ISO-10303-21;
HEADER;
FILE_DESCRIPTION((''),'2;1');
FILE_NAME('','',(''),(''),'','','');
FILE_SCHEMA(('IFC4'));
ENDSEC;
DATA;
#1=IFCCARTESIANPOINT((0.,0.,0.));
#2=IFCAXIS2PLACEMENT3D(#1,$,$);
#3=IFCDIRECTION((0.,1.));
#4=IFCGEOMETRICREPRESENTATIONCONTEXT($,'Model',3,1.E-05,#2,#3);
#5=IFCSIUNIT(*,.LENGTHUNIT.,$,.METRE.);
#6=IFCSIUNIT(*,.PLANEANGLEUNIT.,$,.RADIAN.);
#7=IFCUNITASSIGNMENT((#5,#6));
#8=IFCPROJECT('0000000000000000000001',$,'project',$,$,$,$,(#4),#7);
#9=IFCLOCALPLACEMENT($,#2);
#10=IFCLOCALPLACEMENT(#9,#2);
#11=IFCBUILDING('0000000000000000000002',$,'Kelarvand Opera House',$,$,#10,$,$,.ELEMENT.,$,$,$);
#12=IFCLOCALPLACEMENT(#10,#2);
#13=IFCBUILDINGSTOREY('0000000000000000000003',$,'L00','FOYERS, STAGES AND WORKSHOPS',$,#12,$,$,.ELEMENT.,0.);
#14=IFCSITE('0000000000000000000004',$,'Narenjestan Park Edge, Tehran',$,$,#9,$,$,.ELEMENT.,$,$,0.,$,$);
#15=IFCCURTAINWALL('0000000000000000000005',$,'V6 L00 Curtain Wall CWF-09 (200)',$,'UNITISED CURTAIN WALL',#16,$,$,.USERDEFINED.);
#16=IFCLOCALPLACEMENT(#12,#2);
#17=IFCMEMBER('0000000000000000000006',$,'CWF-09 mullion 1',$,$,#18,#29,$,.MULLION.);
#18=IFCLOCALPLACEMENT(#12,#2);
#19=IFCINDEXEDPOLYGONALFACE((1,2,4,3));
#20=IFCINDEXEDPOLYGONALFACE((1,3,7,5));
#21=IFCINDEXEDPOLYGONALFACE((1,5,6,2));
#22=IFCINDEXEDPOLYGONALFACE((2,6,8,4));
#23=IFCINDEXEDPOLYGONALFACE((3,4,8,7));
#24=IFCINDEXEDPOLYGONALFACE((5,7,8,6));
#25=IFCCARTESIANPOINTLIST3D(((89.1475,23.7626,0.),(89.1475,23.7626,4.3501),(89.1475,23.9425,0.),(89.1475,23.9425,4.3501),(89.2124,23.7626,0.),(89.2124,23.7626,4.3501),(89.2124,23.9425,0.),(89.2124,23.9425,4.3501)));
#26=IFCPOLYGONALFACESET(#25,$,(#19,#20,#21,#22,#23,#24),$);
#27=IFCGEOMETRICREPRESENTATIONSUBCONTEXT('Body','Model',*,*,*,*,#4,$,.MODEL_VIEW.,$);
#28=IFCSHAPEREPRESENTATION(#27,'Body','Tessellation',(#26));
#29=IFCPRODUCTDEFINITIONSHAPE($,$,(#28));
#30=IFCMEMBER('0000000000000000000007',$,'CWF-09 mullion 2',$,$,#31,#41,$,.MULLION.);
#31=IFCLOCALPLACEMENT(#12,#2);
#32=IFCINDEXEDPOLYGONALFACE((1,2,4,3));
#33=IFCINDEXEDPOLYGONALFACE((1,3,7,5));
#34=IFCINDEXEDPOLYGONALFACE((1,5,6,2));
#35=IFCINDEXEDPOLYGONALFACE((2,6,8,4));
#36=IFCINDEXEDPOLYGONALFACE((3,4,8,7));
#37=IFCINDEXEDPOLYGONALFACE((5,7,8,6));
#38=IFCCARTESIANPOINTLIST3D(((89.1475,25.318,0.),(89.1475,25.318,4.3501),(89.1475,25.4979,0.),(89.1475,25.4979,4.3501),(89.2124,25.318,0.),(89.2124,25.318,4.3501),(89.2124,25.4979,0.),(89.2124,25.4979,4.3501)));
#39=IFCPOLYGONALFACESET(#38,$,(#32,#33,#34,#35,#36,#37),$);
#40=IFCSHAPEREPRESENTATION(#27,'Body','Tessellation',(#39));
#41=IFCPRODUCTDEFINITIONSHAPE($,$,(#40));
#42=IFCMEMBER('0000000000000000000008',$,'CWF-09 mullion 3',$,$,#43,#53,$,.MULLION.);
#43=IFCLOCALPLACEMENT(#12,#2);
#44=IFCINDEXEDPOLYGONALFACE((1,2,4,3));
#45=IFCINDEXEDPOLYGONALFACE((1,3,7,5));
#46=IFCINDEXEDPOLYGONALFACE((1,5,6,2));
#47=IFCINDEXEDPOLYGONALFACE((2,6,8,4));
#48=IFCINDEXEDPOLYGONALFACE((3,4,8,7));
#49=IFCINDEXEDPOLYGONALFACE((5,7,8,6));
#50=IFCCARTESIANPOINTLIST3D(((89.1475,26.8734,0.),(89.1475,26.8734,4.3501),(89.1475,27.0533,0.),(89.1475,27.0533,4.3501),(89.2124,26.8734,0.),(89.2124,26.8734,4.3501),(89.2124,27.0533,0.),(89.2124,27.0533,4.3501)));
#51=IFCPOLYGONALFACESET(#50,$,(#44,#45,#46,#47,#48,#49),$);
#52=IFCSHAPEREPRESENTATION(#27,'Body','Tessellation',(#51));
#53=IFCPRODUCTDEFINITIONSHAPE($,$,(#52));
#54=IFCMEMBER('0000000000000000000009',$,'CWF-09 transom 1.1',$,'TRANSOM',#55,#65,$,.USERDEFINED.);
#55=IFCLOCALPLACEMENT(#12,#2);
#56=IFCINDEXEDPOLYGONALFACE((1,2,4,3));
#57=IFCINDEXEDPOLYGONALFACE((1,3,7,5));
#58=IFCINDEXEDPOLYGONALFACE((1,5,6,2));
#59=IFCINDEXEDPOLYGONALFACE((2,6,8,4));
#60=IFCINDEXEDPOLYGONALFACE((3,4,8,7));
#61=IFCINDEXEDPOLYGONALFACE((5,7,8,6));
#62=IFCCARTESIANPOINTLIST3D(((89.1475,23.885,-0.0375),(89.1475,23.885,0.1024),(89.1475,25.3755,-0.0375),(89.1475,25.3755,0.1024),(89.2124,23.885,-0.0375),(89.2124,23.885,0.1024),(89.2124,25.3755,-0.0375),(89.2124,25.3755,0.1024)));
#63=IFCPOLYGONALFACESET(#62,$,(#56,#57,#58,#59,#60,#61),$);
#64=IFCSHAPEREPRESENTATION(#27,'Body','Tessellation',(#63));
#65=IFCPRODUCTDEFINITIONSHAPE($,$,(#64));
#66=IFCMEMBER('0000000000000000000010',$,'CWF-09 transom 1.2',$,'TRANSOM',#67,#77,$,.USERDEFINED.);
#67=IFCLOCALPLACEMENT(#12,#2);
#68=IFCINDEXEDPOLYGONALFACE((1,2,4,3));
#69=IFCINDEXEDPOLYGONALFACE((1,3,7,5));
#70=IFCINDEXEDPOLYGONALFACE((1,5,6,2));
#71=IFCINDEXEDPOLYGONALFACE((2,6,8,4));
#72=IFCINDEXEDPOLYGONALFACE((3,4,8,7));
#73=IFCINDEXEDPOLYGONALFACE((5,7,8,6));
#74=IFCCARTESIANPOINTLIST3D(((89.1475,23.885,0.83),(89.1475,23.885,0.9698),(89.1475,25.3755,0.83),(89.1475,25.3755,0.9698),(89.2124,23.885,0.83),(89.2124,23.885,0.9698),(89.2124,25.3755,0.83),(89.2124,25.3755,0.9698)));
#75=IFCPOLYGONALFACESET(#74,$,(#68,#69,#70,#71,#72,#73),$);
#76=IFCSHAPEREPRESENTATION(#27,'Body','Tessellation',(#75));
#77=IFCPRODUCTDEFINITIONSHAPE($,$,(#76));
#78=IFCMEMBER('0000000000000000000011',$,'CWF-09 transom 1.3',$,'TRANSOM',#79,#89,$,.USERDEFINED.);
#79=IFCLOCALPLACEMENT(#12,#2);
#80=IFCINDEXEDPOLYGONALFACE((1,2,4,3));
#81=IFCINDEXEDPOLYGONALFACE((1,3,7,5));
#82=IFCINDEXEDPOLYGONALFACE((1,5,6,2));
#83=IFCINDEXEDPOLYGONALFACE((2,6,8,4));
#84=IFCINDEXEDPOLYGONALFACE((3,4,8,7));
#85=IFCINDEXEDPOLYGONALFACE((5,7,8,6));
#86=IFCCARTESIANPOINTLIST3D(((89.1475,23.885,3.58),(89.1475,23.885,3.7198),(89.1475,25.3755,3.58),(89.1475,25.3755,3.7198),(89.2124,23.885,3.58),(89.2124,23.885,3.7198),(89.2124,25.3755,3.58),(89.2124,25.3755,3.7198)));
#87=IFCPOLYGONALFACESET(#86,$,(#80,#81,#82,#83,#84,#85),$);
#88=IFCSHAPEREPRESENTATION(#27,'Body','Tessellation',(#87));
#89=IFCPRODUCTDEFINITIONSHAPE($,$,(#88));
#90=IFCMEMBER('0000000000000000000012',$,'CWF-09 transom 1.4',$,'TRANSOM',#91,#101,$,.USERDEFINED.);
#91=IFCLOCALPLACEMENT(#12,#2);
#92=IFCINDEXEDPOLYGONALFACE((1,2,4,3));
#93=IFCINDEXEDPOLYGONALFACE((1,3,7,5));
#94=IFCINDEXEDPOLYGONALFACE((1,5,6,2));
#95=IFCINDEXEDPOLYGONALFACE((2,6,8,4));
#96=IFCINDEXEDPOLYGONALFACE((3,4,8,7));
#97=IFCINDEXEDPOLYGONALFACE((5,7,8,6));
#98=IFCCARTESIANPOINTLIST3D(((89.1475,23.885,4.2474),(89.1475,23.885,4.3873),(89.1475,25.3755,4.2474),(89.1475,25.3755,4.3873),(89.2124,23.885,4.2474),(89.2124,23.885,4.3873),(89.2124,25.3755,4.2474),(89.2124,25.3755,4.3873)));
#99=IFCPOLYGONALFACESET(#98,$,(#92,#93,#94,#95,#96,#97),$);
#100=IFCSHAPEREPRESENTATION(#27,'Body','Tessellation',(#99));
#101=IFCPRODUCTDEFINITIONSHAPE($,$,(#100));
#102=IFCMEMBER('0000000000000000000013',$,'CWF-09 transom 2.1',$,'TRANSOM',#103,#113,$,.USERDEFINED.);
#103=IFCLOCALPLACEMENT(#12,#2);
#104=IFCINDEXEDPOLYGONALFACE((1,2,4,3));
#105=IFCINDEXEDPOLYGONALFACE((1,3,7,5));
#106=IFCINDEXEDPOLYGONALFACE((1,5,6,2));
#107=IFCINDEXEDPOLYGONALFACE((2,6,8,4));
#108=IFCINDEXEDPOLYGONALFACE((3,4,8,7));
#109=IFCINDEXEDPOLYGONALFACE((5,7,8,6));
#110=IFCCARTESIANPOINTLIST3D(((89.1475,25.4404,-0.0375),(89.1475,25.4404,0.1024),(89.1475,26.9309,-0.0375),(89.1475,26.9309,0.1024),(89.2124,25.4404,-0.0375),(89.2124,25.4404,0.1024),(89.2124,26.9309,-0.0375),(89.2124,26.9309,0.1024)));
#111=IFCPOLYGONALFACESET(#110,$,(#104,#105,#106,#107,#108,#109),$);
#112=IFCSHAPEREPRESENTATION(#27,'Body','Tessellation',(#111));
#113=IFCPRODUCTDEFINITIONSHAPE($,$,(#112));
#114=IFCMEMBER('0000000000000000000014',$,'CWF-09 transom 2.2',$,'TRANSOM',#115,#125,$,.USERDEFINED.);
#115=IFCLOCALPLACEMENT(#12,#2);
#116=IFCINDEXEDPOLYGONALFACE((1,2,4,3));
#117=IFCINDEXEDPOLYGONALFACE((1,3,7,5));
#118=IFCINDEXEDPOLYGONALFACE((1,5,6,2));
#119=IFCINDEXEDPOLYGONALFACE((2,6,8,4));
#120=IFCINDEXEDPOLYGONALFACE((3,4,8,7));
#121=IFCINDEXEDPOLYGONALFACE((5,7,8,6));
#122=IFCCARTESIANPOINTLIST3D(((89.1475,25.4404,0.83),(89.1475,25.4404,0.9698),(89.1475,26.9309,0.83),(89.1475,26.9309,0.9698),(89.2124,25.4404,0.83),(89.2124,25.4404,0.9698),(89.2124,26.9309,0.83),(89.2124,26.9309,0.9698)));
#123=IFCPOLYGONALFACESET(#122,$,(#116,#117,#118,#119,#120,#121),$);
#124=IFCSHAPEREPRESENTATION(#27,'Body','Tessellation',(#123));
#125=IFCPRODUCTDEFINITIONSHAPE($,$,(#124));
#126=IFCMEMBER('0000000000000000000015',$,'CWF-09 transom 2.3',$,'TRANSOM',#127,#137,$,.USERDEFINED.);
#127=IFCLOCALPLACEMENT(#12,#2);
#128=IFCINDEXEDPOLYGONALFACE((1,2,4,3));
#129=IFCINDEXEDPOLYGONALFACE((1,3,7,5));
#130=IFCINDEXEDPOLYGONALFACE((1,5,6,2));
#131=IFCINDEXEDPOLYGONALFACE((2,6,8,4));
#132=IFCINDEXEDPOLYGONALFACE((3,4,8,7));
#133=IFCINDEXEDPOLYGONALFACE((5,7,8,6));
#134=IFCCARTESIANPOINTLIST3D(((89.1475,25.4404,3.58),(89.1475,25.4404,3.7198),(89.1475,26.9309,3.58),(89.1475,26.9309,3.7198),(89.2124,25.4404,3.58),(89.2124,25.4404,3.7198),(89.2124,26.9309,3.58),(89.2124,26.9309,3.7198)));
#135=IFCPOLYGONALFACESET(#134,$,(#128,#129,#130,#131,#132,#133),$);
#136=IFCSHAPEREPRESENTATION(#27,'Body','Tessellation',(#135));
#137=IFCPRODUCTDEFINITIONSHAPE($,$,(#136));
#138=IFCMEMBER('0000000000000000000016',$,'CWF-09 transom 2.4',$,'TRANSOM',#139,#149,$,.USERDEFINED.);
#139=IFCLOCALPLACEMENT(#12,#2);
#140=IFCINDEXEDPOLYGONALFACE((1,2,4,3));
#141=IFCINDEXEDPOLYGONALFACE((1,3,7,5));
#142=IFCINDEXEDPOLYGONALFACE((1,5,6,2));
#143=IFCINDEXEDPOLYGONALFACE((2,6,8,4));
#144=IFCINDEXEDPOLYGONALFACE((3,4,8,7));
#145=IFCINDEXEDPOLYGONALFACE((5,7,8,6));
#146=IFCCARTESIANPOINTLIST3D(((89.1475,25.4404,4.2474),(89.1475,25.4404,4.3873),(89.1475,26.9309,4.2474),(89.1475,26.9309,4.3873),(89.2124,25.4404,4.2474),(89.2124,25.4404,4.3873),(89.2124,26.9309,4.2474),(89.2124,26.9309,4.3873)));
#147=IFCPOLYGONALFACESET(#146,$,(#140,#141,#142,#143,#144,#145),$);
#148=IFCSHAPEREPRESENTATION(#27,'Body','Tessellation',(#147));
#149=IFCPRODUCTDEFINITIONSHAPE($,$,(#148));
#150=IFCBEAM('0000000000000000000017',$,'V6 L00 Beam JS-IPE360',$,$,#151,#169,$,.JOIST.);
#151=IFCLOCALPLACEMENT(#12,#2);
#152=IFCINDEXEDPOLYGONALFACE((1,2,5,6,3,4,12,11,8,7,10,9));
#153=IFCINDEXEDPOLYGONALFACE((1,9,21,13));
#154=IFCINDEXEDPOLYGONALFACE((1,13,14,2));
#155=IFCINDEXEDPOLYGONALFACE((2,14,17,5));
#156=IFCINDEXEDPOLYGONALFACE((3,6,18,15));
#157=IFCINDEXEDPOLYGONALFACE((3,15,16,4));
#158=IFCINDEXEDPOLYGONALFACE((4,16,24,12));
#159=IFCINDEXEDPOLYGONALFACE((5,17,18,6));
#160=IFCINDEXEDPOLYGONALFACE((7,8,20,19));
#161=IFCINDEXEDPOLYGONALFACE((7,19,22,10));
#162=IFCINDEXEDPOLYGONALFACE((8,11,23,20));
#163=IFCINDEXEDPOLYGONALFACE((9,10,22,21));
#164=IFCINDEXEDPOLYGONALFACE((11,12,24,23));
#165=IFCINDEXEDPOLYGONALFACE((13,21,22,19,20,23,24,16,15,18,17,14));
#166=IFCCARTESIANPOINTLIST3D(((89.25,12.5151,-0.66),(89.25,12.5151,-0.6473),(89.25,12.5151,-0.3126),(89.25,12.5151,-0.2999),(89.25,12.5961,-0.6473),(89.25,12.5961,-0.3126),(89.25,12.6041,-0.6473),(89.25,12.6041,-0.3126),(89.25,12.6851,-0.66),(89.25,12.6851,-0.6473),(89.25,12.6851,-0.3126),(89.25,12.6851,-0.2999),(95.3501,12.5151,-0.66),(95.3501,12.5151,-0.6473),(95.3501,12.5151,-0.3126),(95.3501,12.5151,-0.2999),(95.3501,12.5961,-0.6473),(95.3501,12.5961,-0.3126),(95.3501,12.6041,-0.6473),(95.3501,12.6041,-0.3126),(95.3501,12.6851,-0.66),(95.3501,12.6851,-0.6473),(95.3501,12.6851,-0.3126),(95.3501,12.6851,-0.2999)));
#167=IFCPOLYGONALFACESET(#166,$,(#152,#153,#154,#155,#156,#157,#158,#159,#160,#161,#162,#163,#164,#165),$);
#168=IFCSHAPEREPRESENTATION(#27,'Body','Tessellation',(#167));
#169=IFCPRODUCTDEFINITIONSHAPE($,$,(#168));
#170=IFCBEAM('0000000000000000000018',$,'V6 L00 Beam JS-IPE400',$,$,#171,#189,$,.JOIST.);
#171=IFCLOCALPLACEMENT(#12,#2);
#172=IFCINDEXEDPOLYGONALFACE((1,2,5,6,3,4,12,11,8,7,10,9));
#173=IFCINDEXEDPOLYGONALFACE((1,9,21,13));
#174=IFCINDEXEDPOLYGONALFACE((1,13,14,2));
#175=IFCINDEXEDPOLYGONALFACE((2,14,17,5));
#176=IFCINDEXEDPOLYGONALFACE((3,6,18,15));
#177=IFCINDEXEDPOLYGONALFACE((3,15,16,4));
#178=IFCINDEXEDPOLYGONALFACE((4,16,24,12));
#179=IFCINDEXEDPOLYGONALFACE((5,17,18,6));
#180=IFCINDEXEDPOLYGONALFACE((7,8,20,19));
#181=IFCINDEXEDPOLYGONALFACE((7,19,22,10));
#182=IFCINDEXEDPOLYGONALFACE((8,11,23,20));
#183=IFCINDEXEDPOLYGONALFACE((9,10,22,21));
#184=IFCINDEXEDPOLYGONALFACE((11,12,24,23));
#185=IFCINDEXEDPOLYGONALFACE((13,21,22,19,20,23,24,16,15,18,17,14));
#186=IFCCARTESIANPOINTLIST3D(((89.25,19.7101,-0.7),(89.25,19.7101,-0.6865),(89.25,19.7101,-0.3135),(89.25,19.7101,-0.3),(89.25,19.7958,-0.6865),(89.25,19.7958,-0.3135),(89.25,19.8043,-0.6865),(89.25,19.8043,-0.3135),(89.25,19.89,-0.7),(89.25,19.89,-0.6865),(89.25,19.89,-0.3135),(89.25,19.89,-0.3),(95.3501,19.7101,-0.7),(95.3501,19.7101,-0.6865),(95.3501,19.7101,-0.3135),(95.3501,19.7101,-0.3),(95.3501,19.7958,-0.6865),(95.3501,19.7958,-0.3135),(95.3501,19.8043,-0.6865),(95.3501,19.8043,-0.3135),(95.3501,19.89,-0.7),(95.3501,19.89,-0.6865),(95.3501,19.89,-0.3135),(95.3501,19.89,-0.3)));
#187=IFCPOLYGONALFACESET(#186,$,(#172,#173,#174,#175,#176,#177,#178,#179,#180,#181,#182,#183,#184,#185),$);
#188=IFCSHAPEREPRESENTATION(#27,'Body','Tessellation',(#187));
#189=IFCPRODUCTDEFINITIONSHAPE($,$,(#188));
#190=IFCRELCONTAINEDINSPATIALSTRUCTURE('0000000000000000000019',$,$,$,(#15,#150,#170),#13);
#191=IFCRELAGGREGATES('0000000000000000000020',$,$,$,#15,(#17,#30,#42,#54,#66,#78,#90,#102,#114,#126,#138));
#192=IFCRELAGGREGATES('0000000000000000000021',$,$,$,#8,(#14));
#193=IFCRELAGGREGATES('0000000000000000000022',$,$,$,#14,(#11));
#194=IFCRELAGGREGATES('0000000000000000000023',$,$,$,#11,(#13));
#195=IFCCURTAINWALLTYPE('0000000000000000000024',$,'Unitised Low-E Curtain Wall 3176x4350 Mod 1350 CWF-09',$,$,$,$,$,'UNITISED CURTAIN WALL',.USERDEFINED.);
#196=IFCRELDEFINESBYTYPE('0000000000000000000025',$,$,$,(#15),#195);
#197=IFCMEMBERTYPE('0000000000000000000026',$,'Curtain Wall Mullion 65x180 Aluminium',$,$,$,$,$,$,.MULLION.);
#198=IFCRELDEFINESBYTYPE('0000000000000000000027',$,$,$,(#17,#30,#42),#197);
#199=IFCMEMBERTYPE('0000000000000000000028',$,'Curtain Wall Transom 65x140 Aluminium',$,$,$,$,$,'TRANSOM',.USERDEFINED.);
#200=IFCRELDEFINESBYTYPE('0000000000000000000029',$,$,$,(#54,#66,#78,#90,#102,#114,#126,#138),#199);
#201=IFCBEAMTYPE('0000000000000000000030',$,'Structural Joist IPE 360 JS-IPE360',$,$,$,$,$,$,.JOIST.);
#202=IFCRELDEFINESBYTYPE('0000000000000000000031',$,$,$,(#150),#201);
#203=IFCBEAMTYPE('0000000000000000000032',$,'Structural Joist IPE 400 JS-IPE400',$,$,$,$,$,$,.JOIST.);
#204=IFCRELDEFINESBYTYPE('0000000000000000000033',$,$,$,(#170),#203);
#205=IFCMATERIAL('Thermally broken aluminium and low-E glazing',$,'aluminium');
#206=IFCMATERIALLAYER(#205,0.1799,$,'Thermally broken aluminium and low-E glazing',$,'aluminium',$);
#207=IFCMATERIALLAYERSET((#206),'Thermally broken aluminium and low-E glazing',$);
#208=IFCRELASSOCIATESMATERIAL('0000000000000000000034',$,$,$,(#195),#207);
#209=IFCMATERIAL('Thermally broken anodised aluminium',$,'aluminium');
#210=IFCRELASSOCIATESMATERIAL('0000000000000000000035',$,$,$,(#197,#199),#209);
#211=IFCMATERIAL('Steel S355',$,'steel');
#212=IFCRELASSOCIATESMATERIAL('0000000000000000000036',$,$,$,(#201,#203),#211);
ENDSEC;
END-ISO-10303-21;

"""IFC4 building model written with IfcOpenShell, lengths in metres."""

from ifc_helpers import new_model, si_unit, direction, frame, origin, origin_2d, place, context, subcontext, project, spatial, rectangle, i_section, extrude, material, layer, layer_set, material_profile, profile_set, type_object, element, aggregate, save


model = new_model("IFC4")

# Units and contexts
model_context = context("Model", 3, precision=1e-05, world=origin(), true_north=direction((0.0, 1.0)))
body_context = subcontext(model_context, "Body", "Model", "MODEL_VIEW")
ifc_project = project(units=[si_unit("LENGTHUNIT", "METRE"), si_unit("PLANEANGLEUNIT", "RADIAN")], contexts=[model_context])

# Site, building, storey
site_placement = place(None, origin())
site = spatial("IfcSite", under=ifc_project, at=site_placement, Name="Narenjestan Park Edge, Tehran", CompositionType="ELEMENT", RefElevation=0.0)
building_placement = place(site_placement, origin())
building = spatial("IfcBuilding", under=site, at=building_placement, Name="Kelarvand Opera House", CompositionType="ELEMENT")
storey_placement = place(building_placement, origin())
storey = spatial("IfcBuildingStorey", under=building, at=storey_placement, Name="L00", Description="FOYERS, STAGES AND WORKSHOPS", CompositionType="ELEMENT", Elevation=0.0)

# Curtain wall, members
ifc_material_1 = material(Name="Thermally broken aluminium and low-E glazing", Category="aluminium")
ifc_layer_1 = layer(ifc_material_1, 0.1799, Name="Thermally broken aluminium and low-E glazing", Category="aluminium")
ifc_layer_set_1 = layer_set([ifc_layer_1], Name="Thermally broken aluminium and low-E glazing")
curtain_wall_type = type_object("IfcCurtainWallType", Name="Unitised Low-E Curtain Wall 3176x4350 Mod 1350 CWF-09", ElementType="UNITISED CURTAIN WALL", PredefinedType="USERDEFINED", material=ifc_layer_set_1)
curtain_wall_placement = place(storey_placement, origin())
curtain_wall = element("IfcCurtainWall", 1, at=curtain_wall_placement, inside=storey, type_object=curtain_wall_type, Name="V6 L00 Curtain Wall CWF-09 (200)", ObjectType="UNITISED CURTAIN WALL", PredefinedType="USERDEFINED")
ifc_material_2 = material(Name="Thermally broken anodised aluminium", Category="aluminium")
ifc_material_profile_1 = material_profile(ifc_material_2, rectangle(XDim=0.0649, YDim=0.1799, at=origin_2d()), Name="ALU MULLION 65x180", Category="aluminium")
ifc_profile_set_1 = profile_set([ifc_material_profile_1], Name="Thermally broken anodised aluminium")
member_type_1 = type_object("IfcMemberType", Name="Curtain Wall Mullion 65x180 Aluminium", PredefinedType="MULLION", material=ifc_profile_set_1)
member_1_placement = place(storey_placement, frame((89.1799, 23.8525, 0.0), z_axis=(0.0, 0.0, 1.0), x_axis=(-1.0, 0.0, 0.0)))
member_1 = element("IfcMember", 2, at=member_1_placement, type_object=member_type_1, Name="CWF-09 mullion 1", PredefinedType="MULLION", context=body_context, shape_type="SweptSolid", body=[
    extrude(rectangle(XDim=0.0649, YDim=0.1799, at=origin_2d()), origin(), (0.0, 0.0, 1.0), 4.3501),
])
member_2_placement = place(storey_placement, frame((89.1799, 25.408, 0.0), z_axis=(0.0, 0.0, 1.0), x_axis=(-1.0, 0.0, 0.0)))
member_2 = element("IfcMember", 3, at=member_2_placement, type_object=member_type_1, Name="CWF-09 mullion 2", PredefinedType="MULLION", context=body_context, shape_type="SweptSolid", body=[
    extrude(rectangle(XDim=0.0649, YDim=0.1799, at=origin_2d()), origin(), (0.0, 0.0, 1.0), 4.3501),
])
member_3_placement = place(storey_placement, frame((89.1799, 26.9634, 0.0), z_axis=(0.0, 0.0, 1.0), x_axis=(-1.0, 0.0, 0.0)))
member_3 = element("IfcMember", 4, at=member_3_placement, type_object=member_type_1, Name="CWF-09 mullion 3", PredefinedType="MULLION", context=body_context, shape_type="SweptSolid", body=[
    extrude(rectangle(XDim=0.0649, YDim=0.1799, at=origin_2d()), origin(), (0.0, 0.0, 1.0), 4.3501),
])
ifc_material_profile_2 = material_profile(ifc_material_2, rectangle(XDim=0.0649, YDim=0.1399, at=origin_2d()), Name="ALU TRANSOM 65x140", Category="aluminium")
ifc_profile_set_2 = profile_set([ifc_material_profile_2], Name="Thermally broken anodised aluminium")
member_type_2 = type_object("IfcMemberType", Name="Curtain Wall Transom 65x140 Aluminium", ElementType="TRANSOM", PredefinedType="USERDEFINED", material=ifc_profile_set_2)
member_4_placement = place(storey_placement, frame((89.1799, 23.885, 0.0325), z_axis=(0.0, 1.0, 0.0), x_axis=(-1.0, 0.0, 0.0)))
member_4 = element("IfcMember", 5, at=member_4_placement, type_object=member_type_2, Name="CWF-09 transom 1.1", ObjectType="TRANSOM", PredefinedType="USERDEFINED", context=body_context, shape_type="SweptSolid", body=[
    extrude(rectangle(XDim=0.0649, YDim=0.1399, at=origin_2d()), origin(), (0.0, 0.0, 1.0), 1.4905),
])
member_5_placement = place(storey_placement, frame((89.1799, 23.885, 0.8999), z_axis=(0.0, 1.0, 0.0), x_axis=(-1.0, 0.0, 0.0)))
member_5 = element("IfcMember", 6, at=member_5_placement, type_object=member_type_2, Name="CWF-09 transom 1.2", ObjectType="TRANSOM", PredefinedType="USERDEFINED", context=body_context, shape_type="SweptSolid", body=[
    extrude(rectangle(XDim=0.0649, YDim=0.1399, at=origin_2d()), origin(), (0.0, 0.0, 1.0), 1.4905),
])
member_6_placement = place(storey_placement, frame((89.1799, 23.885, 3.6499), z_axis=(0.0, 1.0, 0.0), x_axis=(-1.0, 0.0, 0.0)))
member_6 = element("IfcMember", 7, at=member_6_placement, type_object=member_type_2, Name="CWF-09 transom 1.3", ObjectType="TRANSOM", PredefinedType="USERDEFINED", context=body_context, shape_type="SweptSolid", body=[
    extrude(rectangle(XDim=0.0649, YDim=0.1399, at=origin_2d()), origin(), (0.0, 0.0, 1.0), 1.4905),
])
member_7_placement = place(storey_placement, frame((89.1799, 23.885, 4.3174), z_axis=(0.0, 1.0, 0.0), x_axis=(-1.0, 0.0, 0.0)))
member_7 = element("IfcMember", 8, at=member_7_placement, type_object=member_type_2, Name="CWF-09 transom 1.4", ObjectType="TRANSOM", PredefinedType="USERDEFINED", context=body_context, shape_type="SweptSolid", body=[
    extrude(rectangle(XDim=0.0649, YDim=0.1399, at=origin_2d()), origin(), (0.0, 0.0, 1.0), 1.4905),
])
member_8_placement = place(storey_placement, frame((89.1799, 25.4404, 0.0325), z_axis=(0.0, 1.0, 0.0), x_axis=(-1.0, 0.0, 0.0)))
member_8 = element("IfcMember", 9, at=member_8_placement, type_object=member_type_2, Name="CWF-09 transom 2.1", ObjectType="TRANSOM", PredefinedType="USERDEFINED", context=body_context, shape_type="SweptSolid", body=[
    extrude(rectangle(XDim=0.0649, YDim=0.1399, at=origin_2d()), origin(), (0.0, 0.0, 1.0), 1.4905),
])
member_9_placement = place(storey_placement, frame((89.1799, 25.4404, 0.8999), z_axis=(0.0, 1.0, 0.0), x_axis=(-1.0, 0.0, 0.0)))
member_9 = element("IfcMember", 10, at=member_9_placement, type_object=member_type_2, Name="CWF-09 transom 2.2", ObjectType="TRANSOM", PredefinedType="USERDEFINED", context=body_context, shape_type="SweptSolid", body=[
    extrude(rectangle(XDim=0.0649, YDim=0.1399, at=origin_2d()), origin(), (0.0, 0.0, 1.0), 1.4905),
])
member_10_placement = place(storey_placement, frame((89.1799, 25.4404, 3.6499), z_axis=(0.0, 1.0, 0.0), x_axis=(-1.0, 0.0, 0.0)))
member_10 = element("IfcMember", 11, at=member_10_placement, type_object=member_type_2, Name="CWF-09 transom 2.3", ObjectType="TRANSOM", PredefinedType="USERDEFINED", context=body_context, shape_type="SweptSolid", body=[
    extrude(rectangle(XDim=0.0649, YDim=0.1399, at=origin_2d()), origin(), (0.0, 0.0, 1.0), 1.4905),
])
member_11_placement = place(storey_placement, frame((89.1799, 25.4404, 4.3174), z_axis=(0.0, 1.0, 0.0), x_axis=(-1.0, 0.0, 0.0)))
member_11 = element("IfcMember", 12, at=member_11_placement, type_object=member_type_2, Name="CWF-09 transom 2.4", ObjectType="TRANSOM", PredefinedType="USERDEFINED", context=body_context, shape_type="SweptSolid", body=[
    extrude(rectangle(XDim=0.0649, YDim=0.1399, at=origin_2d()), origin(), (0.0, 0.0, 1.0), 1.4905),
])

# Beams
ifc_material_3 = material(Name="Steel S355", Category="steel")
ifc_material_profile_3 = material_profile(ifc_material_3, i_section(OverallWidth=0.1699, OverallDepth=0.3601, WebThickness=0.0081, FlangeThickness=0.0127, at=origin_2d()), Name="IPE 360", Category="steel")
ifc_profile_set_3 = profile_set([ifc_material_profile_3], Name="Steel S355")
beam_type_1 = type_object("IfcBeamType", Name="Structural Joist IPE 360 JS-IPE360", PredefinedType="JOIST", material=ifc_profile_set_3)
beam_1_placement = place(storey_placement, frame((89.25, 12.6001, -0.48), z_axis=(1.0, 0.0, 0.0), x_axis=(0.0, 1.0, 0.0)))
element("IfcBeam", 13, at=beam_1_placement, inside=storey, type_object=beam_type_1, Name="V6 L00 Beam JS-IPE360", PredefinedType="JOIST", context=body_context, shape_type="SweptSolid", body=[
    extrude(i_section(OverallWidth=0.1699, OverallDepth=0.3601, WebThickness=0.0081, FlangeThickness=0.0127, at=origin_2d()), origin(), (0.0, 0.0, 1.0), 6.1001),
])
ifc_material_profile_4 = material_profile(ifc_material_3, i_section(OverallWidth=0.1799, OverallDepth=0.3999, WebThickness=0.0085, FlangeThickness=0.0134, at=origin_2d()), Name="IPE 400", Category="steel")
ifc_profile_set_4 = profile_set([ifc_material_profile_4], Name="Steel S355")
beam_type_2 = type_object("IfcBeamType", Name="Structural Joist IPE 400 JS-IPE400", PredefinedType="JOIST", material=ifc_profile_set_4)
beam_2_placement = place(storey_placement, frame((89.25, 19.8, -0.5), z_axis=(1.0, 0.0, 0.0), x_axis=(0.0, 1.0, 0.0)))
element("IfcBeam", 14, at=beam_2_placement, inside=storey, type_object=beam_type_2, Name="V6 L00 Beam JS-IPE400", PredefinedType="JOIST", context=body_context, shape_type="SweptSolid", body=[
    extrude(i_section(OverallWidth=0.1799, OverallDepth=0.3999, WebThickness=0.0085, FlangeThickness=0.0134, at=origin_2d()), origin(), (0.0, 0.0, 1.0), 6.1001),
])

aggregate(curtain_wall, [member_1, member_2, member_3, member_4, member_5, member_6, member_7, member_8, member_9, member_10, member_11])

save(model, "model.ifc")
